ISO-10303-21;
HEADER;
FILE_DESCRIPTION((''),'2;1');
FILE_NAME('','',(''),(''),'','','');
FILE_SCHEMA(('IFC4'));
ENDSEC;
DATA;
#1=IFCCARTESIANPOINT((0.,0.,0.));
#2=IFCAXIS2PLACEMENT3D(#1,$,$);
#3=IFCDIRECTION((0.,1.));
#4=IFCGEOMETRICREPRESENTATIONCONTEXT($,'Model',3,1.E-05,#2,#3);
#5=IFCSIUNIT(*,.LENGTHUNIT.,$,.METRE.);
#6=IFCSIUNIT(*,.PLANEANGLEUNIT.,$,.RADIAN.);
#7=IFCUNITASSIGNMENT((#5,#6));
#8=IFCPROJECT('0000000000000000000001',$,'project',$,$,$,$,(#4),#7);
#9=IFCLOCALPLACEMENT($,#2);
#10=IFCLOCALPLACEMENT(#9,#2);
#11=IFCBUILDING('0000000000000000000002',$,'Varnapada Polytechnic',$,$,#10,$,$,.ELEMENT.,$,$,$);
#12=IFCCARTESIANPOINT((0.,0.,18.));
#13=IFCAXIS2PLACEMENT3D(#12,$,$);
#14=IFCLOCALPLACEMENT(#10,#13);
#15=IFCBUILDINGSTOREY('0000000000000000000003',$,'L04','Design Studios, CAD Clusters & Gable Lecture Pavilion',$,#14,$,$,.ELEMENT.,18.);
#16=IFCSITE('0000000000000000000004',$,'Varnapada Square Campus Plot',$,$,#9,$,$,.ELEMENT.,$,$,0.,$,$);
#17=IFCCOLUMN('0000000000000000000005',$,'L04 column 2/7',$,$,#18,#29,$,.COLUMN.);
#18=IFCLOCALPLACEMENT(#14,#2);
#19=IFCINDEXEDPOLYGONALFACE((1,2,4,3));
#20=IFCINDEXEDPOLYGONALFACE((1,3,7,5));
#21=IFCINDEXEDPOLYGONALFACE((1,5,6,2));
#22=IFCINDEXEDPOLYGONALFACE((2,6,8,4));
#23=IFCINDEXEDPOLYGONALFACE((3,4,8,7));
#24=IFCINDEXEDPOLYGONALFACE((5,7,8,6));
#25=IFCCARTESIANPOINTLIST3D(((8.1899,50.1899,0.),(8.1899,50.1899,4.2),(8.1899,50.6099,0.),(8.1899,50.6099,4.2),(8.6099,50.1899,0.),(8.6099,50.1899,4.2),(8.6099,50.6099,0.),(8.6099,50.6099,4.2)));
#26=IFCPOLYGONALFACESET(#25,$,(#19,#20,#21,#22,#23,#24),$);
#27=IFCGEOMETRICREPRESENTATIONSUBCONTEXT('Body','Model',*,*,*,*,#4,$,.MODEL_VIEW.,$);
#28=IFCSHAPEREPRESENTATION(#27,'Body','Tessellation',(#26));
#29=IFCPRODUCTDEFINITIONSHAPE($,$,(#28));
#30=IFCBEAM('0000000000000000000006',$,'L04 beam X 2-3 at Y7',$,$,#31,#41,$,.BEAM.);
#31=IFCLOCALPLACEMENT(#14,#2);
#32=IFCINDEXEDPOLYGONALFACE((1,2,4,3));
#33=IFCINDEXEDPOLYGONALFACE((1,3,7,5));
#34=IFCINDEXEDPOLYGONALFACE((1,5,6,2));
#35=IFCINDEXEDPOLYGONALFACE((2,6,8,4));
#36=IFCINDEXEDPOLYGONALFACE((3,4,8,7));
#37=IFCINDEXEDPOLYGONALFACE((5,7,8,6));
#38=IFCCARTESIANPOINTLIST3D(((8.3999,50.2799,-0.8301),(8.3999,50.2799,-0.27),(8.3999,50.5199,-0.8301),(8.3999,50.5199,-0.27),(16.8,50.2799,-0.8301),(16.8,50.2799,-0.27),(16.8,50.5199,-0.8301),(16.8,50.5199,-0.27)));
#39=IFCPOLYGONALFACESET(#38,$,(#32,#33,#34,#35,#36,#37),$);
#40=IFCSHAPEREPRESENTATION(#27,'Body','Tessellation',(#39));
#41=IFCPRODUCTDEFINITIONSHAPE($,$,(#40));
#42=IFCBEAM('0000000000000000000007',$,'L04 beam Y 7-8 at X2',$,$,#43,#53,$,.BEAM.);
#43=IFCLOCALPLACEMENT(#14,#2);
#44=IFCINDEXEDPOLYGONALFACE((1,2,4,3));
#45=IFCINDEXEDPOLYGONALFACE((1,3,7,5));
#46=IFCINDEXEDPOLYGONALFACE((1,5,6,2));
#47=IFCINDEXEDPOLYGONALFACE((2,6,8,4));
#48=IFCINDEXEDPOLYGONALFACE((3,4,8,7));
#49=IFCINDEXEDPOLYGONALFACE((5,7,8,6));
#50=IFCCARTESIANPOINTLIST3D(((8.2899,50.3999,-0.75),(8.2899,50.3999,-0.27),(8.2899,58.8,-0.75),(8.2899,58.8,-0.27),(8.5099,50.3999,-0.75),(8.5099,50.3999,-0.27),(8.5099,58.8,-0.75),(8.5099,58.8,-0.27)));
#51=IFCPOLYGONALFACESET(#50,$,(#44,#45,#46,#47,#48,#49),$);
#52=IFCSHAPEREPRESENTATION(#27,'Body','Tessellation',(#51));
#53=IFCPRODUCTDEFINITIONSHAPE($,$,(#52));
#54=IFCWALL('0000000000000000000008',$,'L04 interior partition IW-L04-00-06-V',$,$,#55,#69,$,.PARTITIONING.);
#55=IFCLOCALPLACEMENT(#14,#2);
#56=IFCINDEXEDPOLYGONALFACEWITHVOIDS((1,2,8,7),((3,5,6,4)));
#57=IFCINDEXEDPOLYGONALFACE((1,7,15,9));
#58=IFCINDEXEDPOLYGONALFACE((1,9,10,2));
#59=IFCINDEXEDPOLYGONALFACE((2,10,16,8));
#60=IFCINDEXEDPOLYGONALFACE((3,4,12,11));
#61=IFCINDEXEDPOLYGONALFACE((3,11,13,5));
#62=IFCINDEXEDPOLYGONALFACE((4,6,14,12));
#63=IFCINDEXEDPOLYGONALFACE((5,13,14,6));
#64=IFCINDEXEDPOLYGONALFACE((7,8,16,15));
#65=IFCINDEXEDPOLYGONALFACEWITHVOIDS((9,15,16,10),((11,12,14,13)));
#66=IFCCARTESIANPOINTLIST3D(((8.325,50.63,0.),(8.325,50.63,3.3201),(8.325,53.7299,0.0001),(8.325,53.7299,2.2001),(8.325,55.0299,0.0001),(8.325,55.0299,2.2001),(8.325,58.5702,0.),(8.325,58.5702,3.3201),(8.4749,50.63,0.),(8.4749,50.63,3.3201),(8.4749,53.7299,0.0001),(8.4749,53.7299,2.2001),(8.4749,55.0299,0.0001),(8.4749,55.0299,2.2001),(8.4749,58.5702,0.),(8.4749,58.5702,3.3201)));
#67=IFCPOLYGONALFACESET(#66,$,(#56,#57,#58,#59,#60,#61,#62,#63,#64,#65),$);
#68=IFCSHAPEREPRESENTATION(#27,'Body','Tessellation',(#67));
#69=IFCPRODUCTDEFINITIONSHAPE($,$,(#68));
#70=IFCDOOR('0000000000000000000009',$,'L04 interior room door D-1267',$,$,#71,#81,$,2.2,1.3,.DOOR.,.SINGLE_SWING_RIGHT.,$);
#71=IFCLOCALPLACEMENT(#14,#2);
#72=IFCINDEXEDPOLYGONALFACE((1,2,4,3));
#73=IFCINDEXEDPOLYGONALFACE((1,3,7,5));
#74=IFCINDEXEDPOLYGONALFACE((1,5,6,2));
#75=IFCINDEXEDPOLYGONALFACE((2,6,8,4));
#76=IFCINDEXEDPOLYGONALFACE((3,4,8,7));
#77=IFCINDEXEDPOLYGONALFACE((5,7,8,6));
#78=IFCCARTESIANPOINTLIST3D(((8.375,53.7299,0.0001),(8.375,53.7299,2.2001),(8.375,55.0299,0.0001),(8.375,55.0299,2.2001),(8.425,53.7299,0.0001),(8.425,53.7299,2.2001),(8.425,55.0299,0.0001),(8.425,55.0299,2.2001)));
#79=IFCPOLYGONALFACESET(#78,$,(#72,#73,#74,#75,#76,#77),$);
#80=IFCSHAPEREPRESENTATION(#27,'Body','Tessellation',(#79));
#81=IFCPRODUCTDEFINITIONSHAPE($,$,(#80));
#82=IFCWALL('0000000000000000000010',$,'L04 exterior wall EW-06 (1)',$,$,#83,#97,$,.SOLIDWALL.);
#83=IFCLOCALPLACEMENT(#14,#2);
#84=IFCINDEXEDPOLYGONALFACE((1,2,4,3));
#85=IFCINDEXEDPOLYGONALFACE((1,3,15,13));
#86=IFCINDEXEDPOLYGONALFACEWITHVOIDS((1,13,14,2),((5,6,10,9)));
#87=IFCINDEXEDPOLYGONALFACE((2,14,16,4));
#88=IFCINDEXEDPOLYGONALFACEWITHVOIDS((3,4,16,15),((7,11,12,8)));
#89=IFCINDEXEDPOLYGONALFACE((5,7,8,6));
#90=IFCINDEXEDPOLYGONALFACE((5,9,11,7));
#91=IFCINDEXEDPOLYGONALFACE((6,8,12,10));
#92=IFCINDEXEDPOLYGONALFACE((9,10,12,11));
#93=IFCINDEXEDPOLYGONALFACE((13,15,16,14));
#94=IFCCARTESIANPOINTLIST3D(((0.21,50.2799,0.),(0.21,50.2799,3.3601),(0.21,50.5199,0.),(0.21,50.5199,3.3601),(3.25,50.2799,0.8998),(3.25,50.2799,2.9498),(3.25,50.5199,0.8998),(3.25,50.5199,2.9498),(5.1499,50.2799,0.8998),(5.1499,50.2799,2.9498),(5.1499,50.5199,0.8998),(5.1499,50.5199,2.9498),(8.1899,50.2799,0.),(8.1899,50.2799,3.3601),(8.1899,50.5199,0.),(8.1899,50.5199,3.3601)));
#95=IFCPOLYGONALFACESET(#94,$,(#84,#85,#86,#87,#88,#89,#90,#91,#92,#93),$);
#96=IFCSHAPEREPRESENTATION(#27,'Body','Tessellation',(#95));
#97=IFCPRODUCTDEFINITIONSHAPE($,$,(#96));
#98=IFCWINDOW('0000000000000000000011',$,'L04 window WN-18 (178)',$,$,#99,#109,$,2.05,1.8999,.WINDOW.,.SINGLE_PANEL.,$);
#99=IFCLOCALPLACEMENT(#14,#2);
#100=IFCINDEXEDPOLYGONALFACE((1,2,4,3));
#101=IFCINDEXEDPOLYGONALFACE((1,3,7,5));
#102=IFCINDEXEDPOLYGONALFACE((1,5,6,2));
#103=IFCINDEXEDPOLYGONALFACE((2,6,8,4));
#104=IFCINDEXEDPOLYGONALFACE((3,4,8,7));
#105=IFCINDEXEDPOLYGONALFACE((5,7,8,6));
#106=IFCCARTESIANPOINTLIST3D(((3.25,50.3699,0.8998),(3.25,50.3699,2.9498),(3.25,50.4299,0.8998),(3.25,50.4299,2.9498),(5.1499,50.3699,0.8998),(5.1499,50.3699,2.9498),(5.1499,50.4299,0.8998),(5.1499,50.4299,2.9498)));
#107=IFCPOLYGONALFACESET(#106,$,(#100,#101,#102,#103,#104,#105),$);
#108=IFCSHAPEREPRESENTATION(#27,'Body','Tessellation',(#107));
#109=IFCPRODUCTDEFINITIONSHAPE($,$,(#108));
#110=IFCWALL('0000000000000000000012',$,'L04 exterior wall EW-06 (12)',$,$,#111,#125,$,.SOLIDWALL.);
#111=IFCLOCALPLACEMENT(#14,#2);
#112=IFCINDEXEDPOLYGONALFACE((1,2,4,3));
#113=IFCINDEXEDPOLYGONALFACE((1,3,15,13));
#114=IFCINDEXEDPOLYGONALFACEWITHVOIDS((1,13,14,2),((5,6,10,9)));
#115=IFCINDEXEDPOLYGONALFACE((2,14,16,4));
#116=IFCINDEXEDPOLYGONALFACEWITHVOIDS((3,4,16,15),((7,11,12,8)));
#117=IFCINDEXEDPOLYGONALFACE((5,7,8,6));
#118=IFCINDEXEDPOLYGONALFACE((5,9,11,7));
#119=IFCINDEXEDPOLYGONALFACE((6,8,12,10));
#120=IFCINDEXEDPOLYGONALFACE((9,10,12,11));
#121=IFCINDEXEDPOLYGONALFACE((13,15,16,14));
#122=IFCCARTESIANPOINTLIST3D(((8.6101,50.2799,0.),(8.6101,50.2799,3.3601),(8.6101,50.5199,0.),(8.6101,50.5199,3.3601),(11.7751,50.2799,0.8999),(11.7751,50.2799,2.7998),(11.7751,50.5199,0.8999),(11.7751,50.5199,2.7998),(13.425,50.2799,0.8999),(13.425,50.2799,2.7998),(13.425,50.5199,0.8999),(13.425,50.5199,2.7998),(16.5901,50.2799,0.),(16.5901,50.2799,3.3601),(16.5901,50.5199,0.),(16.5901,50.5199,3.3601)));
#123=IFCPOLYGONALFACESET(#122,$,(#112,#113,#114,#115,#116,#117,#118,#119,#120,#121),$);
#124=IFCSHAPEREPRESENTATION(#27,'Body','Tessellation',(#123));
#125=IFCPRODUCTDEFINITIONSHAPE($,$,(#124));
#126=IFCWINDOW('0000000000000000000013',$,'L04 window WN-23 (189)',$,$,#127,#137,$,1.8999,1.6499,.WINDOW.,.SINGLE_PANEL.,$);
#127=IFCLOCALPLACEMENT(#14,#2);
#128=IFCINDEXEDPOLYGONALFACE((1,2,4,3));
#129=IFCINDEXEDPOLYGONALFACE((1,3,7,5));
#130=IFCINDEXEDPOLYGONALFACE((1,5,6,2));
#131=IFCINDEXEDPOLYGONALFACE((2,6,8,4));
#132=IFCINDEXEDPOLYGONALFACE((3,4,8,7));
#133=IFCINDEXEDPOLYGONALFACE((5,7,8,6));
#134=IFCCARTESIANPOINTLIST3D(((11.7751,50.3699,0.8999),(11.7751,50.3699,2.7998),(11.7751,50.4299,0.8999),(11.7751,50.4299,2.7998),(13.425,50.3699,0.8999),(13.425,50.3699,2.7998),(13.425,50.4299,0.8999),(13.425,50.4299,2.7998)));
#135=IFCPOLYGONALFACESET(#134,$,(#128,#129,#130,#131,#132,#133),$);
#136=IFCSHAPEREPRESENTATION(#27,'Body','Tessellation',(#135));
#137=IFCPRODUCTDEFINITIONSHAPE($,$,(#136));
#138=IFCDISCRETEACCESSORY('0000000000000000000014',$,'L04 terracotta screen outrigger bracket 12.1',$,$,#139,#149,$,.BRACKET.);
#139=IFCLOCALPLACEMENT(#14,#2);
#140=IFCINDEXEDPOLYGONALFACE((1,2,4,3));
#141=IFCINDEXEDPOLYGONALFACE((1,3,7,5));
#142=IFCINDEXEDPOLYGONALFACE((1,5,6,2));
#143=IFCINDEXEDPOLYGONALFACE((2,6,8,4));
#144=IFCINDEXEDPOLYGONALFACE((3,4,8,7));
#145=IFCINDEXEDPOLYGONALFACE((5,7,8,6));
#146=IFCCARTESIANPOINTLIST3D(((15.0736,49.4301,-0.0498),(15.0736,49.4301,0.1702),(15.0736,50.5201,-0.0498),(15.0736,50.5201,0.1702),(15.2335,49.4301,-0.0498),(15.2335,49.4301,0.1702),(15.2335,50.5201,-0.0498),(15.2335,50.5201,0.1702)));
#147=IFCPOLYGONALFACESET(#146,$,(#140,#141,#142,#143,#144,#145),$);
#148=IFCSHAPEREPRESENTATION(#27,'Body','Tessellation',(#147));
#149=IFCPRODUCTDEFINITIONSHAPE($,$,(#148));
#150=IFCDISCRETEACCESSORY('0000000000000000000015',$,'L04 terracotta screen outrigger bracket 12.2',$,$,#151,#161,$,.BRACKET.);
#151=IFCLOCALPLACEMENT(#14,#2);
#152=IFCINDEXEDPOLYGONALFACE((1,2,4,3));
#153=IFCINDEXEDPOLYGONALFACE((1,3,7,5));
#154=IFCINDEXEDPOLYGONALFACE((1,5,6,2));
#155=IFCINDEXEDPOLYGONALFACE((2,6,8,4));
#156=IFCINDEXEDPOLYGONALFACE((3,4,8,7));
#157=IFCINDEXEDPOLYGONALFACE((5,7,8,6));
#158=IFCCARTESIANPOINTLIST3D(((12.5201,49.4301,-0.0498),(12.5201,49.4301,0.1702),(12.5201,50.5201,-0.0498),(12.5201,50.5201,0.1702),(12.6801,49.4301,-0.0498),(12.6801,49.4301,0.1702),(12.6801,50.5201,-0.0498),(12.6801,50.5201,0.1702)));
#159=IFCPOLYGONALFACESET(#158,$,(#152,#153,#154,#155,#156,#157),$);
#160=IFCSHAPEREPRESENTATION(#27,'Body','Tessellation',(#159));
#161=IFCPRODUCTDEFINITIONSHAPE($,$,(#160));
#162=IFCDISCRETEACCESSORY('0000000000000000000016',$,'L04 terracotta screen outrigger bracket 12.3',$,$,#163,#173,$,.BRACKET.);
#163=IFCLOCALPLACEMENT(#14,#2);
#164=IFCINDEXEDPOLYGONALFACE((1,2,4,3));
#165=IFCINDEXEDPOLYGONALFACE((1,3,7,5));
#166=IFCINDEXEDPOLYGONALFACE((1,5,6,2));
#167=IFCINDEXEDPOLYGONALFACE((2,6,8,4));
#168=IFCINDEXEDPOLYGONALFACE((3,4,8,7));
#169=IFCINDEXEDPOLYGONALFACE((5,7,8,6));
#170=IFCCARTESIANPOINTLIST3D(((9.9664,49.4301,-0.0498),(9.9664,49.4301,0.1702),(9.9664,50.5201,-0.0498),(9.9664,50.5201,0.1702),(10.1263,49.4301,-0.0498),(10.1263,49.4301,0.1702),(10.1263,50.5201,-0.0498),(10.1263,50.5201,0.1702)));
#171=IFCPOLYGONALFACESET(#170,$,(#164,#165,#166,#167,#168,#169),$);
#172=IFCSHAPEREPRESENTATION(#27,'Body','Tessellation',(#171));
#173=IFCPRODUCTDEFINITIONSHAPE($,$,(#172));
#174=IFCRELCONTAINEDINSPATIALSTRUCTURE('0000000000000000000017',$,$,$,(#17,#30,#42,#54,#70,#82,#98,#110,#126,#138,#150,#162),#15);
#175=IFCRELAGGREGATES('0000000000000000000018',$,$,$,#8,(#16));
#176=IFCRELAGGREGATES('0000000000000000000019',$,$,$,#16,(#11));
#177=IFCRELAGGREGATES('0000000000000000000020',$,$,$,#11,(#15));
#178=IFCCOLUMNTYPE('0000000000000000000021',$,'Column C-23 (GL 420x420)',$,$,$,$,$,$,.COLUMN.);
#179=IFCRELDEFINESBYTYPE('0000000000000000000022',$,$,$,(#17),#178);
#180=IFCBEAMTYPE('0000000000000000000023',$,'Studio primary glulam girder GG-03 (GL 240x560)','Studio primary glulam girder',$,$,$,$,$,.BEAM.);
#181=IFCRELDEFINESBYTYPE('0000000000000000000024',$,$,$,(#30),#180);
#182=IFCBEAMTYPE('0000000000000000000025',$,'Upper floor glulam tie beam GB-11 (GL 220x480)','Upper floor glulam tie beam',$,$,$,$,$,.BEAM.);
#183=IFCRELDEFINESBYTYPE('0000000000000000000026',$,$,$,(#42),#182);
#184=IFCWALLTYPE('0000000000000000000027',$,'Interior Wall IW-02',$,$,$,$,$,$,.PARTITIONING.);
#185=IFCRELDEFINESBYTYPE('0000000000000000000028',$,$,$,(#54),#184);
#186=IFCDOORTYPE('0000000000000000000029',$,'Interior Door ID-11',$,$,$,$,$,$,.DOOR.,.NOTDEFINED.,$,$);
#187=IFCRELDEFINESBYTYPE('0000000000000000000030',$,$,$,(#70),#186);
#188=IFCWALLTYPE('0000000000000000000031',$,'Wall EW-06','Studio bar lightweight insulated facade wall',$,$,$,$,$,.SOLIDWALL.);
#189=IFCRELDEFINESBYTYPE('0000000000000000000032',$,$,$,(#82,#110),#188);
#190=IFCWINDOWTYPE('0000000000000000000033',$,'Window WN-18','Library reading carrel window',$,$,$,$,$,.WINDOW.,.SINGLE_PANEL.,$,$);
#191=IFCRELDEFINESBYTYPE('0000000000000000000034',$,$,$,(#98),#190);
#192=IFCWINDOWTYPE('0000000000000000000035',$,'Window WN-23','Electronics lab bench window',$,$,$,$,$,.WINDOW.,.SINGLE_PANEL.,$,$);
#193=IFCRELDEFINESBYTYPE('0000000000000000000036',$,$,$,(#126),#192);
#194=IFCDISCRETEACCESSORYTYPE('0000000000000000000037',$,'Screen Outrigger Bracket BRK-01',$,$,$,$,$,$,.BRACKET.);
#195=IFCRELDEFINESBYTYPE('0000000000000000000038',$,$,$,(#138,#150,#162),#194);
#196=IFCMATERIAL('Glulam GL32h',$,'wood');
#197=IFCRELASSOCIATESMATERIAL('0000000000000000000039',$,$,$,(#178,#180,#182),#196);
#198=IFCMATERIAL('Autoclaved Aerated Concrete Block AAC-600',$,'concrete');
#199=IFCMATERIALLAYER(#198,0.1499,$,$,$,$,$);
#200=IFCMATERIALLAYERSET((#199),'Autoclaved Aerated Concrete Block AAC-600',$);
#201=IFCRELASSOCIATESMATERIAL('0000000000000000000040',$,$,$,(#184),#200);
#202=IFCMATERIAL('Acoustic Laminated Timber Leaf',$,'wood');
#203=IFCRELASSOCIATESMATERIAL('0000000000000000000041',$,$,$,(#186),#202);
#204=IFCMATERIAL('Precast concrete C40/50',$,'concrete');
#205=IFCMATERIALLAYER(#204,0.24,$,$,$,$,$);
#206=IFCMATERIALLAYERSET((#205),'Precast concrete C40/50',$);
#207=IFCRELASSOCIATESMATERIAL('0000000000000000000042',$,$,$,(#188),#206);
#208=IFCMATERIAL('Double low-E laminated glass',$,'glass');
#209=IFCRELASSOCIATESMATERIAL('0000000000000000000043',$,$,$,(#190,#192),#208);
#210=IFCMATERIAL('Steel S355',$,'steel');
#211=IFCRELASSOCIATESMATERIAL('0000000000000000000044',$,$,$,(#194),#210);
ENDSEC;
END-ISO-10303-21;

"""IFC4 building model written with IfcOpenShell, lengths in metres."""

from ifc_helpers import new_model, si_unit, direction, frame, frame_2d, origin, origin_2d, place, context, subcontext, project, spatial, rectangle, extrude, material, layer, layer_set, material_profile, profile_set, type_object, element, fill, save


model = new_model("IFC4")

# Units and contexts
model_context = context("Model", 3, precision=1e-05, world=origin(), true_north=direction((0.0, 1.0)))
body_context = subcontext(model_context, "Body", "Model", "MODEL_VIEW")
ifc_project = project(units=[si_unit("LENGTHUNIT", "METRE"), si_unit("PLANEANGLEUNIT", "RADIAN")], contexts=[model_context])

# Site, building, storey
site_placement = place(None, origin())
site = spatial("IfcSite", under=ifc_project, at=site_placement, Name="Varnapada Square Campus Plot", CompositionType="ELEMENT", RefElevation=0.0)
building_placement = place(site_placement, origin())
building = spatial("IfcBuilding", under=site, at=building_placement, Name="Varnapada Polytechnic", CompositionType="ELEMENT")
storey_placement = place(building_placement, frame((0.0, 0.0, 18.0)))
storey = spatial("IfcBuildingStorey", under=building, at=storey_placement, Name="L04", Description="Design Studios, CAD Clusters & Gable Lecture Pavilion", CompositionType="ELEMENT", Elevation=18.0)

# Column
ifc_material_1 = material(Name="Glulam GL32h", Category="wood")
ifc_material_profile_1 = material_profile(ifc_material_1, rectangle(XDim=0.4199, YDim=0.4199, at=origin_2d()), Name="GL 420x420")
ifc_profile_set_1 = profile_set([ifc_material_profile_1], Name="Glulam GL32h")
column_type = type_object("IfcColumnType", Name="Column C-23 (GL 420x420)", PredefinedType="COLUMN", material=ifc_profile_set_1)
column_placement = place(storey_placement, frame((8.3999, 50.3999, 0.0), z_axis=(0.0, 0.0, 1.0), x_axis=(1.0, 0.0, 0.0)))
element("IfcColumn", 1, at=column_placement, inside=storey, type_object=column_type, Name="L04 column 2/7", PredefinedType="COLUMN", context=body_context, shape_type="SweptSolid", body=[
    extrude(rectangle(XDim=0.4199, YDim=0.4199, at=origin_2d()), origin(), (0.0, 0.0, 1.0), 4.2),
])

# Beams
ifc_material_profile_2 = material_profile(ifc_material_1, rectangle(XDim=0.24, YDim=0.5601, at=origin_2d()), Name="GL 240x560")
ifc_profile_set_2 = profile_set([ifc_material_profile_2], Name="Glulam GL32h")
beam_type_1 = type_object("IfcBeamType", Name="Studio primary glulam girder GG-03 (GL 240x560)", Description="Studio primary glulam girder", PredefinedType="BEAM", material=ifc_profile_set_2)
beam_1_placement = place(storey_placement, frame((8.3999, 50.3999, -0.55), z_axis=(1.0, 0.0, 0.0), x_axis=(0.0, 1.0, 0.0)))
element("IfcBeam", 2, at=beam_1_placement, inside=storey, type_object=beam_type_1, Name="L04 beam X 2-3 at Y7", PredefinedType="BEAM", context=body_context, shape_type="SweptSolid", body=[
    extrude(rectangle(XDim=0.24, YDim=0.5601, at=origin_2d()), origin(), (0.0, 0.0, 1.0), 8.4001),
])
ifc_material_profile_3 = material_profile(ifc_material_1, rectangle(XDim=0.22, YDim=0.48, at=origin_2d()), Name="GL 220x480")
ifc_profile_set_3 = profile_set([ifc_material_profile_3], Name="Glulam GL32h")
beam_type_2 = type_object("IfcBeamType", Name="Upper floor glulam tie beam GB-11 (GL 220x480)", Description="Upper floor glulam tie beam", PredefinedType="BEAM", material=ifc_profile_set_3)
beam_2_placement = place(storey_placement, frame((8.3999, 50.3999, -0.51), z_axis=(0.0, 1.0, 0.0), x_axis=(-1.0, 0.0, 0.0)))
element("IfcBeam", 3, at=beam_2_placement, inside=storey, type_object=beam_type_2, Name="L04 beam Y 7-8 at X2", PredefinedType="BEAM", context=body_context, shape_type="SweptSolid", body=[
    extrude(rectangle(XDim=0.22, YDim=0.48, at=origin_2d()), origin(), (0.0, 0.0, 1.0), 8.4001),
])

# Wall, opening, door
ifc_material_2 = material(Name="Autoclaved Aerated Concrete Block AAC-600", Category="concrete")
ifc_layer_1 = layer(ifc_material_2, 0.1499)
ifc_layer_set_1 = layer_set([ifc_layer_1], Name="Autoclaved Aerated Concrete Block AAC-600")
wall_type_1 = type_object("IfcWallType", Name="Interior Wall IW-02", PredefinedType="PARTITIONING", material=ifc_layer_set_1)
wall_1_placement = place(storey_placement, frame((8.3999, 50.6299, 0.0), z_axis=(0.0, 0.0, 1.0), x_axis=(0.0, 1.0, 0.0)))
wall_1 = element("IfcWall", 4, at=wall_1_placement, inside=storey, type_object=wall_type_1, Name="L04 interior partition IW-L04-00-06-V", PredefinedType="PARTITIONING", context=body_context, shape_type="SweptSolid", body=[
    extrude(rectangle(XDim=7.9402, YDim=0.1499, at=frame_2d((3.9702, 0.0))), origin(), (0.0, 0.0, 1.0), 3.3201),
])
opening_1_placement = place(wall_1_placement, frame((3.1001, 0.0, 0.0)))
opening_1 = element("IfcOpeningElement", 5, at=opening_1_placement, cuts=wall_1, PredefinedType="OPENING", context=body_context, shape_type="SweptSolid", body=[
    extrude(rectangle(XDim=1.3, YDim=2.2, at=frame_2d((0.6499, 1.1001))), frame((0.0, 0.085, 0.0), z_axis=(0.0, -1.0, 0.0), x_axis=(1.0, 0.0, 0.0)), (0.0, 0.0, 1.0), 0.1699),
])
ifc_material_3 = material(Name="Acoustic Laminated Timber Leaf", Category="wood")
door_type = type_object("IfcDoorType", Name="Interior Door ID-11", OperationType="NOTDEFINED", PredefinedType="DOOR", material=ifc_material_3)
door_placement = place(opening_1_placement, origin())
door = element("IfcDoor", 6, at=door_placement, inside=storey, type_object=door_type, Name="L04 interior room door D-1267", OperationType="SINGLE_SWING_RIGHT", OverallHeight=2.2, OverallWidth=1.3, PredefinedType="DOOR", context=body_context, shape_type="SweptSolid", body=[
    extrude(rectangle(XDim=1.3, YDim=2.2, at=frame_2d((0.6499, 1.1001))), frame((0.0, 0.0249, 0.0), z_axis=(0.0, -1.0, 0.0), x_axis=(1.0, 0.0, 0.0)), (0.0, 0.0, 1.0), 0.05),
])
fill(opening_1, door)

# Walls, openings, windows
ifc_material_4 = material(Name="Precast concrete C40/50", Category="concrete")
ifc_layer_2 = layer(ifc_material_4, 0.24)
ifc_layer_set_2 = layer_set([ifc_layer_2], Name="Precast concrete C40/50")
wall_type_2 = type_object("IfcWallType", Name="Wall EW-06", Description="Studio bar lightweight insulated facade wall", PredefinedType="SOLIDWALL", material=ifc_layer_set_2)
wall_2_placement = place(storey_placement, frame((8.1899, 50.3999, 0.0), z_axis=(0.0, 0.0, 1.0), x_axis=(-1.0, 0.0, 0.0)))
wall_2 = element("IfcWall", 7, at=wall_2_placement, inside=storey, type_object=wall_type_2, Name="L04 exterior wall EW-06 (1)", PredefinedType="SOLIDWALL", context=body_context, shape_type="SweptSolid", body=[
    extrude(rectangle(XDim=7.98, YDim=0.24, at=frame_2d((3.99, 0.0))), origin(), (0.0, 0.0, 1.0), 3.3601),
])
opening_2_placement = place(wall_2_placement, frame((3.04, 0.0, 0.8999)))
opening_2 = element("IfcOpeningElement", 8, at=opening_2_placement, cuts=wall_2, PredefinedType="OPENING", context=body_context, shape_type="SweptSolid", body=[
    extrude(rectangle(XDim=1.8999, YDim=2.05, at=frame_2d((0.95, 1.0249))), frame((0.0, 0.1299, 0.0), z_axis=(0.0, -1.0, 0.0), x_axis=(1.0, 0.0, 0.0)), (0.0, 0.0, 1.0), 0.26),
])
ifc_material_5 = material(Name="Double low-E laminated glass", Category="glass")
window_type_1 = type_object("IfcWindowType", Name="Window WN-18", Description="Library reading carrel window", PartitioningType="SINGLE_PANEL", PredefinedType="WINDOW", material=ifc_material_5)
window_1_placement = place(opening_2_placement, origin())
window_1 = element("IfcWindow", 9, at=window_1_placement, inside=storey, type_object=window_type_1, Name="L04 window WN-18 (178)", OverallHeight=2.05, OverallWidth=1.8999, PartitioningType="SINGLE_PANEL", PredefinedType="WINDOW", context=body_context, shape_type="SweptSolid", body=[
    extrude(rectangle(XDim=1.8999, YDim=2.05, at=frame_2d((0.95, 1.0249))), frame((0.0, 0.03, 0.0), z_axis=(0.0, -1.0, 0.0), x_axis=(1.0, 0.0, 0.0)), (0.0, 0.0, 1.0), 0.0601),
])
fill(opening_2, window_1)
wall_3_placement = place(storey_placement, frame((16.5901, 50.3999, 0.0), z_axis=(0.0, 0.0, 1.0), x_axis=(-1.0, 0.0, 0.0)))
wall_3 = element("IfcWall", 10, at=wall_3_placement, inside=storey, type_object=wall_type_2, Name="L04 exterior wall EW-06 (12)", PredefinedType="SOLIDWALL", context=body_context, shape_type="SweptSolid", body=[
    extrude(rectangle(XDim=7.98, YDim=0.24, at=frame_2d((3.99, 0.0))), origin(), (0.0, 0.0, 1.0), 3.3601),
])
opening_3_placement = place(wall_3_placement, frame((3.165, 0.0, 0.8999)))
opening_3 = element("IfcOpeningElement", 11, at=opening_3_placement, cuts=wall_3, PredefinedType="OPENING", context=body_context, shape_type="SweptSolid", body=[
    extrude(rectangle(XDim=1.6499, YDim=1.8999, at=frame_2d((0.825, 0.95))), frame((0.0, 0.1299, 0.0), z_axis=(0.0, -1.0, 0.0), x_axis=(1.0, 0.0, 0.0)), (0.0, 0.0, 1.0), 0.26),
])
window_type_2 = type_object("IfcWindowType", Name="Window WN-23", Description="Electronics lab bench window", PartitioningType="SINGLE_PANEL", PredefinedType="WINDOW", material=ifc_material_5)
window_2_placement = place(opening_3_placement, origin())
window_2 = element("IfcWindow", 12, at=window_2_placement, inside=storey, type_object=window_type_2, Name="L04 window WN-23 (189)", OverallHeight=1.8999, OverallWidth=1.6499, PartitioningType="SINGLE_PANEL", PredefinedType="WINDOW", context=body_context, shape_type="SweptSolid", body=[
    extrude(rectangle(XDim=1.6499, YDim=1.8999, at=frame_2d((0.825, 0.95))), frame((0.0, 0.03, 0.0), z_axis=(0.0, -1.0, 0.0), x_axis=(1.0, 0.0, 0.0)), (0.0, 0.0, 1.0), 0.0601),
])
fill(opening_3, window_2)

# Discrete accessories
ifc_material_6 = material(Name="Steel S355", Category="steel")
discrete_accessory_type = type_object("IfcDiscreteAccessoryType", Name="Screen Outrigger Bracket BRK-01", PredefinedType="BRACKET", material=ifc_material_6)
for number, where, z_axis, x_axis, name in (
    (13, (15.1536, 49.9751, -0.0498), (0.0, 0.0, 1.0), (-1.0, 0.0, 0.0), "L04 terracotta screen outrigger bracket 12.1"),
    (14, (12.6001, 49.9751, -0.0498), (0.0, 0.0, 1.0), (-1.0, 0.0, 0.0), "L04 terracotta screen outrigger bracket 12.2"),
    (15, (10.0464, 49.9751, -0.0498), (0.0, 0.0, 1.0), (-1.0, 0.0, 0.0), "L04 terracotta screen outrigger bracket 12.3"),
):
    element("IfcDiscreteAccessory", number, at=place(storey_placement, frame(where, z_axis=z_axis, x_axis=x_axis)), inside=storey, type_object=discrete_accessory_type, Name=name, PredefinedType="BRACKET", context=body_context, shape_type="SweptSolid", body=[
        extrude(rectangle(XDim=0.1599, YDim=1.0901, at=origin_2d()), origin(), (0.0, 0.0, 1.0), 0.22),
    ])

save(model, "model.ifc")
